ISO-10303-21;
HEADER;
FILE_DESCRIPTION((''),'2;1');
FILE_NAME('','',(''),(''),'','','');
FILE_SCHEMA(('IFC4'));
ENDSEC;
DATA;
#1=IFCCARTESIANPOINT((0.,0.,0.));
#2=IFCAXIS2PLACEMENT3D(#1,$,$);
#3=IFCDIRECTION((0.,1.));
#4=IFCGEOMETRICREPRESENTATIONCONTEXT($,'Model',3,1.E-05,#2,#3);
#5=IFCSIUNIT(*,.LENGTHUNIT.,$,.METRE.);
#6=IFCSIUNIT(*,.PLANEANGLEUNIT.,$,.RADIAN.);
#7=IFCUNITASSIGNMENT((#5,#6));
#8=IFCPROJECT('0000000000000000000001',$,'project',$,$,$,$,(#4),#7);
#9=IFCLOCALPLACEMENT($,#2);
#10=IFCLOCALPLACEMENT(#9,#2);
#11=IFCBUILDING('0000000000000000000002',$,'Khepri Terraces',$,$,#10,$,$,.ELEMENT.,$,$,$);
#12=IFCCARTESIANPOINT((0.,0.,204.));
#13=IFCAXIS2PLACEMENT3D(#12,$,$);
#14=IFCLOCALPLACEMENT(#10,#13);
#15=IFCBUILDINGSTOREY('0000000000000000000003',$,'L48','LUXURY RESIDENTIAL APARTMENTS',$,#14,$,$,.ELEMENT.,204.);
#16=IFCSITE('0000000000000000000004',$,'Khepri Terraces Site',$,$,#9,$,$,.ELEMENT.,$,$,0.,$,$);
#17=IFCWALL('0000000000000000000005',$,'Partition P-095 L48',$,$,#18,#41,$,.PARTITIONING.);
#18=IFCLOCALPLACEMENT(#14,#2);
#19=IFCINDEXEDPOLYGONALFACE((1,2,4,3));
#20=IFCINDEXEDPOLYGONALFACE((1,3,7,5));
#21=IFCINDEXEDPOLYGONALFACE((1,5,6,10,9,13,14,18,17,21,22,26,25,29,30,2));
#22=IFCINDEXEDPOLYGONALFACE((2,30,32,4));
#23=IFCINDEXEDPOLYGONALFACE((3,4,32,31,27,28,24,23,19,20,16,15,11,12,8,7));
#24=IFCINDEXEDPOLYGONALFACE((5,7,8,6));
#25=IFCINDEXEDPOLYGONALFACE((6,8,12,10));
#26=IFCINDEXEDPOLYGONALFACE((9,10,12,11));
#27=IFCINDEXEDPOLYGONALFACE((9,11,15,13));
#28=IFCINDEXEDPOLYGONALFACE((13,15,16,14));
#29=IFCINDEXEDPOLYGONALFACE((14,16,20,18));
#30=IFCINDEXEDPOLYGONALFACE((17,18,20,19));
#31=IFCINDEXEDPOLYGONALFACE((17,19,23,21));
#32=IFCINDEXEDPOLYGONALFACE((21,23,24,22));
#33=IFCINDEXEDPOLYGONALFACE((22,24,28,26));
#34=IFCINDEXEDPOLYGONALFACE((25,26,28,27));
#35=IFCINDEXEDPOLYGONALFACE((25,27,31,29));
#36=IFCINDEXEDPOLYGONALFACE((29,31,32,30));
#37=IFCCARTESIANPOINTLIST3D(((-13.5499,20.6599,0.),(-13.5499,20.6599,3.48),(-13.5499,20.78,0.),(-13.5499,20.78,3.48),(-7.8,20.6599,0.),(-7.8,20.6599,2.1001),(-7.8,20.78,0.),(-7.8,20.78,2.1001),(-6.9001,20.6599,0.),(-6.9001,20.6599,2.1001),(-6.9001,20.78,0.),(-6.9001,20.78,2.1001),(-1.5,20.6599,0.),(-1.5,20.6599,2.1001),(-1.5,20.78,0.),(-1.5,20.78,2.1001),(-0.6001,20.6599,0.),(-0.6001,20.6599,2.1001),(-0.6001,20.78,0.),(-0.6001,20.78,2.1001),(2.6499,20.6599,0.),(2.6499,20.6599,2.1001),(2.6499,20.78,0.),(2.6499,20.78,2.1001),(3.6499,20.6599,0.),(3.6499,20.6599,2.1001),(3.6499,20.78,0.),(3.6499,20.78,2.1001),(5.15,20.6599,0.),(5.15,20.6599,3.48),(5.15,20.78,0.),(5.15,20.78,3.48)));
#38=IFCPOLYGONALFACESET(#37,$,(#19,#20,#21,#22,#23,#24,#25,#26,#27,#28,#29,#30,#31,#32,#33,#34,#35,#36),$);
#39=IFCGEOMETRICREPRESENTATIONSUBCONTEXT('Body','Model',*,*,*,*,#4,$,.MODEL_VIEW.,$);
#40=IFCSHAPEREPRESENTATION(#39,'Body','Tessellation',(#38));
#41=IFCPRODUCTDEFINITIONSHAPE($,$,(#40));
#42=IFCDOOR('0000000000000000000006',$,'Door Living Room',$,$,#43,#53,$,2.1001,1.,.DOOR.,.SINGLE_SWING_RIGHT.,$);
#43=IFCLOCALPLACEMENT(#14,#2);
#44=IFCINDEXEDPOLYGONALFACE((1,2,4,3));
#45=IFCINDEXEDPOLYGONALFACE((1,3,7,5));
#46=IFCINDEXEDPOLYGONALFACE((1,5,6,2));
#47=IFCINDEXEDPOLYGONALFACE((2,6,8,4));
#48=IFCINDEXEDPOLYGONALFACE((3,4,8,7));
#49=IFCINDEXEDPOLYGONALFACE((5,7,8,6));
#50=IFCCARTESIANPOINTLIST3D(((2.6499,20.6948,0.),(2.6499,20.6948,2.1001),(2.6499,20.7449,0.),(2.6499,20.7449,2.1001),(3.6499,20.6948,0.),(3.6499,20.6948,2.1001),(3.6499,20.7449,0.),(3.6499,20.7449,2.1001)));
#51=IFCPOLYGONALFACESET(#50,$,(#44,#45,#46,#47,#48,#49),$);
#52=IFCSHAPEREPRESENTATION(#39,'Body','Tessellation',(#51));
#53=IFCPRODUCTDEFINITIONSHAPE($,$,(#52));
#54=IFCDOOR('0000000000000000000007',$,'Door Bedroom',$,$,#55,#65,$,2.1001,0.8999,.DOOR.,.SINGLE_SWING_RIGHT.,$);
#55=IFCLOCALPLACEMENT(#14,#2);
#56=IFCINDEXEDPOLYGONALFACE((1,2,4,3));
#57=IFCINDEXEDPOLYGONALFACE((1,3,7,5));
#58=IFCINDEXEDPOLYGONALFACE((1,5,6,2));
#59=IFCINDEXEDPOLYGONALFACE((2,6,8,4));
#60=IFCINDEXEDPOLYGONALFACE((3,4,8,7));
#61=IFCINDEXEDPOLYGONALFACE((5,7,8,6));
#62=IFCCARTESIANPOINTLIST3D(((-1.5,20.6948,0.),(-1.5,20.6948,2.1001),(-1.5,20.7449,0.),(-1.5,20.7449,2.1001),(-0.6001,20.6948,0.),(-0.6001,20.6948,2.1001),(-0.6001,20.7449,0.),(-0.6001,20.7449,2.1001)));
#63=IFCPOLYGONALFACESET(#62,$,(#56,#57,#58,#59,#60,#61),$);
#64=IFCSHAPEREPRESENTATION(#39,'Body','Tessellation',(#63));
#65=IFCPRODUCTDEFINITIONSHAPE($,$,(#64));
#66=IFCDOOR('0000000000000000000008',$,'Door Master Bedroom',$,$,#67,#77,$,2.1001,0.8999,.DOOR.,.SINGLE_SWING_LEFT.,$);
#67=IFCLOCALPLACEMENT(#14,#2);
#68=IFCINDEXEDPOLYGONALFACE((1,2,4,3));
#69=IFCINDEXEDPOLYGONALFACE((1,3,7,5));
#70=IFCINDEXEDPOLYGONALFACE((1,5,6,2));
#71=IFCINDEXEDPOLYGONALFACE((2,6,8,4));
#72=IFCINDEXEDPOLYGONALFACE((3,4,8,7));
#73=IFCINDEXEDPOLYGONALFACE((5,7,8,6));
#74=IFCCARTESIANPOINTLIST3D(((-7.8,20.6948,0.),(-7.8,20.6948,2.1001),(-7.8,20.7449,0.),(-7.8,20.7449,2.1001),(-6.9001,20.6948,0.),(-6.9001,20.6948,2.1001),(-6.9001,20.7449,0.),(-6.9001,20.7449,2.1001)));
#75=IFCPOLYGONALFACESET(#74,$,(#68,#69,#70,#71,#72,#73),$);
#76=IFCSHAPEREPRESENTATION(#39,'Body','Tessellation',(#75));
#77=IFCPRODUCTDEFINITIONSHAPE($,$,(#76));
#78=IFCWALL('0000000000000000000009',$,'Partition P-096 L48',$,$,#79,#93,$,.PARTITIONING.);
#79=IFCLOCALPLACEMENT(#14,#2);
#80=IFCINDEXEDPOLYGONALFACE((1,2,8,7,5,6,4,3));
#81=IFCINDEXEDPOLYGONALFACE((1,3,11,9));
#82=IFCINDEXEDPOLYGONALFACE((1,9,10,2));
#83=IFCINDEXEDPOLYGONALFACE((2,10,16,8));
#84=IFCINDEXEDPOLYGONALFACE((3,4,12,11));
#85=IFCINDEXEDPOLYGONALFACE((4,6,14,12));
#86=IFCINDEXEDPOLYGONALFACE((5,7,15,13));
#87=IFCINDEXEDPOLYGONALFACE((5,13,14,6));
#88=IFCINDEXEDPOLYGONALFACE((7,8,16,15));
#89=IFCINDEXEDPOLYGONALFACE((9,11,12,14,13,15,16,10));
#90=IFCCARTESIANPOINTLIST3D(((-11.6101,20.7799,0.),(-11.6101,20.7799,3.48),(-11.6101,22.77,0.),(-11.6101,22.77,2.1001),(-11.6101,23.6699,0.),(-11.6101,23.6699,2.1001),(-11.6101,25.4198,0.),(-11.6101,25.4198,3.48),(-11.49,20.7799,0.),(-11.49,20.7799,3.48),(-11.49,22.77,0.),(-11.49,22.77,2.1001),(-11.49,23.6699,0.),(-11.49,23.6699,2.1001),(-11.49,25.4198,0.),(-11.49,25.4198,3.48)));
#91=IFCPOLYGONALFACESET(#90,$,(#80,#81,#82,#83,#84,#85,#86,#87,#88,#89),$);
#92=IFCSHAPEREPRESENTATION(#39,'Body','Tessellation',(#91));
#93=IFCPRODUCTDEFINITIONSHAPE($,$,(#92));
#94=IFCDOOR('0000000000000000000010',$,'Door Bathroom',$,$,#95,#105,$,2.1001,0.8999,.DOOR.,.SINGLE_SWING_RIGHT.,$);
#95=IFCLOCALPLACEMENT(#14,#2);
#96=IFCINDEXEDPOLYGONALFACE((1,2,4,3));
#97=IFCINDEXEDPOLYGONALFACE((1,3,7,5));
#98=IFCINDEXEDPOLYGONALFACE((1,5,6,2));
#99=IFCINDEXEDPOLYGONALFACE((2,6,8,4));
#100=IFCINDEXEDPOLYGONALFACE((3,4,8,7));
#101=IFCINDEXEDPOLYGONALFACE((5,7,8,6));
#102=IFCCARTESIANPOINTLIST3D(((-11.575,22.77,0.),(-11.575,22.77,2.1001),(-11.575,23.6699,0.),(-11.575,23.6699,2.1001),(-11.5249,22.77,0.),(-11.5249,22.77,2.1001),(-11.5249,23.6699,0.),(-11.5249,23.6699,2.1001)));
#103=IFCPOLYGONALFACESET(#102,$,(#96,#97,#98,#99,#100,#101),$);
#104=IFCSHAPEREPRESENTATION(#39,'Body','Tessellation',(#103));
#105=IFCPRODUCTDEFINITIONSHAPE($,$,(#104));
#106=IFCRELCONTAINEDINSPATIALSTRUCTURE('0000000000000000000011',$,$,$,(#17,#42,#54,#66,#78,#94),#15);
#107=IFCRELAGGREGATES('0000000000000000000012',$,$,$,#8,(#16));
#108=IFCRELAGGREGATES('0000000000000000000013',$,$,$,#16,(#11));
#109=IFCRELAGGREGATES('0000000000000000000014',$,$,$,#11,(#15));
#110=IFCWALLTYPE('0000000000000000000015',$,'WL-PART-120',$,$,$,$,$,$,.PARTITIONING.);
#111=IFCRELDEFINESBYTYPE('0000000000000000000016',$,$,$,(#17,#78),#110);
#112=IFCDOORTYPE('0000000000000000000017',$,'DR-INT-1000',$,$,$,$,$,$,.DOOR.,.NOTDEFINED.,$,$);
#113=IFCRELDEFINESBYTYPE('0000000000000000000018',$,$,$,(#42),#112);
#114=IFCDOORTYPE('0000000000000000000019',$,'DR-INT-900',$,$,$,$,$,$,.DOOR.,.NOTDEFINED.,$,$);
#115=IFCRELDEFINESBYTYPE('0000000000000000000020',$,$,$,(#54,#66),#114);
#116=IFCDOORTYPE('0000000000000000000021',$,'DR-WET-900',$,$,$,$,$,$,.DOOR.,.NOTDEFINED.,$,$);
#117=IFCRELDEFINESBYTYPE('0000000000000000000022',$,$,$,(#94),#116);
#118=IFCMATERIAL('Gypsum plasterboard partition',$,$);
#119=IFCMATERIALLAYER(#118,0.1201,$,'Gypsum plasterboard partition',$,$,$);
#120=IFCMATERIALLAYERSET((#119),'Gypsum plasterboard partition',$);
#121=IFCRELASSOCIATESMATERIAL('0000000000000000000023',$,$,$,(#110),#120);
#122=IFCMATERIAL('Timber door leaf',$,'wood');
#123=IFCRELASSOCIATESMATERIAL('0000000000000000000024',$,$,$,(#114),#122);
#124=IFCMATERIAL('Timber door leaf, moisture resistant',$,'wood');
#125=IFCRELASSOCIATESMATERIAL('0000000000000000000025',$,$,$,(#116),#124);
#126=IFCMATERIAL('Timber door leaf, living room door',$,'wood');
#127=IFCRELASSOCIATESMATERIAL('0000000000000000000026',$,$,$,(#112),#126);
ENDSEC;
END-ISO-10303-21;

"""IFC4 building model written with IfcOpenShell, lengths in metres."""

from ifc_helpers import new_model, si_unit, direction, frame, frame_2d, origin, place, context, subcontext, project, spatial, rectangle, extrude, material, layer, layer_set, type_object, element, fill, save


model = new_model("IFC4")

# Units and contexts
model_context = context("Model", 3, precision=1e-05, world=origin(), true_north=direction((0.0, 1.0)))
body_context = subcontext(model_context, "Body", "Model", "MODEL_VIEW")
ifc_project = project(units=[si_unit("LENGTHUNIT", "METRE"), si_unit("PLANEANGLEUNIT", "RADIAN")], contexts=[model_context])

# Site, building, storey
site_placement = place(None, origin())
site = spatial("IfcSite", under=ifc_project, at=site_placement, Name="Khepri Terraces Site", CompositionType="ELEMENT", RefElevation=0.0)
building_placement = place(site_placement, origin())
building = spatial("IfcBuilding", under=site, at=building_placement, Name="Khepri Terraces", CompositionType="ELEMENT")
storey_placement = place(building_placement, frame((0.0, 0.0, 204.0)))
storey = spatial("IfcBuildingStorey", under=building, at=storey_placement, Name="L48", Description="LUXURY RESIDENTIAL APARTMENTS", CompositionType="ELEMENT", Elevation=204.0)

# Shared definitions
ifc_material_1 = material(Name="Gypsum plasterboard partition")
ifc_layer_1 = layer(ifc_material_1, 0.1201, Name="Gypsum plasterboard partition")
ifc_layer_set_1 = layer_set([ifc_layer_1], Name="Gypsum plasterboard partition")
wall_type_1 = type_object("IfcWallType", Name="WL-PART-120", PredefinedType="PARTITIONING", material=ifc_layer_set_1)

# Shared definitions
ifc_material_2 = material(Name="Timber door leaf", Category="wood")
door_type_1 = type_object("IfcDoorType", Name="DR-INT-900", OperationType="NOTDEFINED", PredefinedType="DOOR", material=ifc_material_2)
ifc_material_3 = material(Name="Timber door leaf, moisture resistant", Category="wood")
door_type_2 = type_object("IfcDoorType", Name="DR-WET-900", OperationType="NOTDEFINED", PredefinedType="DOOR", material=ifc_material_3)

# Wall, openings, doors
wall_1_placement = place(storey_placement, frame((-13.55, 20.72, 0.0), z_axis=(0.0, 0.0, 1.0), x_axis=(1.0, 0.0, 0.0)))
wall_1 = element("IfcWall", 1, at=wall_1_placement, inside=storey, type_object=wall_type_1, Name="Partition P-095 L48", PredefinedType="PARTITIONING", context=body_context, shape_type="SweptSolid", body=[
    extrude(rectangle(XDim=18.7, YDim=0.1201, at=frame_2d((9.3501, 0.0))), origin(), (0.0, 0.0, 1.0), 3.48),
])
opening_1_placement = place(wall_1_placement, frame((16.2, 0.0, 0.0)))
opening_1 = element("IfcOpeningElement", 2, at=opening_1_placement, cuts=wall_1, PredefinedType="OPENING", context=body_context, shape_type="SweptSolid", body=[
    extrude(rectangle(XDim=1.0, YDim=2.1001, at=frame_2d((0.5, 1.05))), frame((0.0, 0.0701, 0.0), z_axis=(0.0, -1.0, 0.0), x_axis=(1.0, 0.0, 0.0)), (0.0, 0.0, 1.0), 0.1401),
])
opening_2_placement = place(wall_1_placement, frame((12.05, 0.0, 0.0)))
opening_2 = element("IfcOpeningElement", 3, at=opening_2_placement, cuts=wall_1, PredefinedType="OPENING", context=body_context, shape_type="SweptSolid", body=[
    extrude(rectangle(XDim=0.8999, YDim=2.1001, at=frame_2d((0.45, 1.05))), frame((0.0, 0.0701, 0.0), z_axis=(0.0, -1.0, 0.0), x_axis=(1.0, 0.0, 0.0)), (0.0, 0.0, 1.0), 0.1401),
])
opening_3_placement = place(wall_1_placement, frame((5.75, 0.0, 0.0)))
opening_3 = element("IfcOpeningElement", 4, at=opening_3_placement, cuts=wall_1, PredefinedType="OPENING", context=body_context, shape_type="SweptSolid", body=[
    extrude(rectangle(XDim=0.8999, YDim=2.1001, at=frame_2d((0.45, 1.05))), frame((0.0, 0.0701, 0.0), z_axis=(0.0, -1.0, 0.0), x_axis=(1.0, 0.0, 0.0)), (0.0, 0.0, 1.0), 0.1401),
])
ifc_material_4 = material(Name="Timber door leaf, living room door", Category="wood")
door_type_3 = type_object("IfcDoorType", Name="DR-INT-1000", OperationType="NOTDEFINED", PredefinedType="DOOR", material=ifc_material_4)
door_1_placement = place(opening_1_placement, origin())
door_1 = element("IfcDoor", 5, at=door_1_placement, inside=storey, type_object=door_type_3, Name="Door Living Room", OperationType="SINGLE_SWING_RIGHT", OverallHeight=2.1001, OverallWidth=1.0, PredefinedType="DOOR", context=body_context, shape_type="SweptSolid", body=[
    extrude(rectangle(XDim=1.0, YDim=2.1001, at=frame_2d((0.5, 1.05))), frame((0.0, 0.0249, 0.0), z_axis=(0.0, -1.0, 0.0), x_axis=(1.0, 0.0, 0.0)), (0.0, 0.0, 1.0), 0.05),
])
fill(opening_1, door_1)
door_2_placement = place(opening_2_placement, origin())
door_2 = element("IfcDoor", 6, at=door_2_placement, inside=storey, type_object=door_type_1, Name="Door Bedroom", OperationType="SINGLE_SWING_RIGHT", OverallHeight=2.1001, OverallWidth=0.8999, PredefinedType="DOOR", context=body_context, shape_type="SweptSolid", body=[
    extrude(rectangle(XDim=0.8999, YDim=2.1001, at=frame_2d((0.45, 1.05))), frame((0.0, 0.0249, 0.0), z_axis=(0.0, -1.0, 0.0), x_axis=(1.0, 0.0, 0.0)), (0.0, 0.0, 1.0), 0.05),
])
fill(opening_2, door_2)
door_3_placement = place(opening_3_placement, origin())
door_3 = element("IfcDoor", 7, at=door_3_placement, inside=storey, type_object=door_type_1, Name="Door Master Bedroom", OperationType="SINGLE_SWING_LEFT", OverallHeight=2.1001, OverallWidth=0.8999, PredefinedType="DOOR", context=body_context, shape_type="SweptSolid", body=[
    extrude(rectangle(XDim=0.8999, YDim=2.1001, at=frame_2d((0.45, 1.05))), frame((0.0, 0.0249, 0.0), z_axis=(0.0, -1.0, 0.0), x_axis=(1.0, 0.0, 0.0)), (0.0, 0.0, 1.0), 0.05),
])
fill(opening_3, door_3)

# Wall, opening, door
wall_2_placement = place(storey_placement, frame((-11.55, 20.78, 0.0), z_axis=(0.0, 0.0, 1.0), x_axis=(0.0, 1.0, 0.0)))
wall_2 = element("IfcWall", 8, at=wall_2_placement, inside=storey, type_object=wall_type_1, Name="Partition P-096 L48", PredefinedType="PARTITIONING", context=body_context, shape_type="SweptSolid", body=[
    extrude(rectangle(XDim=4.6399, YDim=0.1201, at=frame_2d((2.3198, 0.0))), origin(), (0.0, 0.0, 1.0), 3.48),
])
opening_4_placement = place(wall_2_placement, frame((1.99, 0.0, 0.0)))
opening_4 = element("IfcOpeningElement", 9, at=opening_4_placement, cuts=wall_2, PredefinedType="OPENING", context=body_context, shape_type="SweptSolid", body=[
    extrude(rectangle(XDim=0.8999, YDim=2.1001, at=frame_2d((0.45, 1.05))), frame((0.0, 0.0701, 0.0), z_axis=(0.0, -1.0, 0.0), x_axis=(1.0, 0.0, 0.0)), (0.0, 0.0, 1.0), 0.1401),
])
door_4_placement = place(opening_4_placement, origin())
door_4 = element("IfcDoor", 10, at=door_4_placement, inside=storey, type_object=door_type_2, Name="Door Bathroom", OperationType="SINGLE_SWING_RIGHT", OverallHeight=2.1001, OverallWidth=0.8999, PredefinedType="DOOR", context=body_context, shape_type="SweptSolid", body=[
    extrude(rectangle(XDim=0.8999, YDim=2.1001, at=frame_2d((0.45, 1.05))), frame((0.0, 0.0249, 0.0), z_axis=(0.0, -1.0, 0.0), x_axis=(1.0, 0.0, 0.0)), (0.0, 0.0, 1.0), 0.05),
])
fill(opening_4, door_4)

save(model, "model.ifc")
